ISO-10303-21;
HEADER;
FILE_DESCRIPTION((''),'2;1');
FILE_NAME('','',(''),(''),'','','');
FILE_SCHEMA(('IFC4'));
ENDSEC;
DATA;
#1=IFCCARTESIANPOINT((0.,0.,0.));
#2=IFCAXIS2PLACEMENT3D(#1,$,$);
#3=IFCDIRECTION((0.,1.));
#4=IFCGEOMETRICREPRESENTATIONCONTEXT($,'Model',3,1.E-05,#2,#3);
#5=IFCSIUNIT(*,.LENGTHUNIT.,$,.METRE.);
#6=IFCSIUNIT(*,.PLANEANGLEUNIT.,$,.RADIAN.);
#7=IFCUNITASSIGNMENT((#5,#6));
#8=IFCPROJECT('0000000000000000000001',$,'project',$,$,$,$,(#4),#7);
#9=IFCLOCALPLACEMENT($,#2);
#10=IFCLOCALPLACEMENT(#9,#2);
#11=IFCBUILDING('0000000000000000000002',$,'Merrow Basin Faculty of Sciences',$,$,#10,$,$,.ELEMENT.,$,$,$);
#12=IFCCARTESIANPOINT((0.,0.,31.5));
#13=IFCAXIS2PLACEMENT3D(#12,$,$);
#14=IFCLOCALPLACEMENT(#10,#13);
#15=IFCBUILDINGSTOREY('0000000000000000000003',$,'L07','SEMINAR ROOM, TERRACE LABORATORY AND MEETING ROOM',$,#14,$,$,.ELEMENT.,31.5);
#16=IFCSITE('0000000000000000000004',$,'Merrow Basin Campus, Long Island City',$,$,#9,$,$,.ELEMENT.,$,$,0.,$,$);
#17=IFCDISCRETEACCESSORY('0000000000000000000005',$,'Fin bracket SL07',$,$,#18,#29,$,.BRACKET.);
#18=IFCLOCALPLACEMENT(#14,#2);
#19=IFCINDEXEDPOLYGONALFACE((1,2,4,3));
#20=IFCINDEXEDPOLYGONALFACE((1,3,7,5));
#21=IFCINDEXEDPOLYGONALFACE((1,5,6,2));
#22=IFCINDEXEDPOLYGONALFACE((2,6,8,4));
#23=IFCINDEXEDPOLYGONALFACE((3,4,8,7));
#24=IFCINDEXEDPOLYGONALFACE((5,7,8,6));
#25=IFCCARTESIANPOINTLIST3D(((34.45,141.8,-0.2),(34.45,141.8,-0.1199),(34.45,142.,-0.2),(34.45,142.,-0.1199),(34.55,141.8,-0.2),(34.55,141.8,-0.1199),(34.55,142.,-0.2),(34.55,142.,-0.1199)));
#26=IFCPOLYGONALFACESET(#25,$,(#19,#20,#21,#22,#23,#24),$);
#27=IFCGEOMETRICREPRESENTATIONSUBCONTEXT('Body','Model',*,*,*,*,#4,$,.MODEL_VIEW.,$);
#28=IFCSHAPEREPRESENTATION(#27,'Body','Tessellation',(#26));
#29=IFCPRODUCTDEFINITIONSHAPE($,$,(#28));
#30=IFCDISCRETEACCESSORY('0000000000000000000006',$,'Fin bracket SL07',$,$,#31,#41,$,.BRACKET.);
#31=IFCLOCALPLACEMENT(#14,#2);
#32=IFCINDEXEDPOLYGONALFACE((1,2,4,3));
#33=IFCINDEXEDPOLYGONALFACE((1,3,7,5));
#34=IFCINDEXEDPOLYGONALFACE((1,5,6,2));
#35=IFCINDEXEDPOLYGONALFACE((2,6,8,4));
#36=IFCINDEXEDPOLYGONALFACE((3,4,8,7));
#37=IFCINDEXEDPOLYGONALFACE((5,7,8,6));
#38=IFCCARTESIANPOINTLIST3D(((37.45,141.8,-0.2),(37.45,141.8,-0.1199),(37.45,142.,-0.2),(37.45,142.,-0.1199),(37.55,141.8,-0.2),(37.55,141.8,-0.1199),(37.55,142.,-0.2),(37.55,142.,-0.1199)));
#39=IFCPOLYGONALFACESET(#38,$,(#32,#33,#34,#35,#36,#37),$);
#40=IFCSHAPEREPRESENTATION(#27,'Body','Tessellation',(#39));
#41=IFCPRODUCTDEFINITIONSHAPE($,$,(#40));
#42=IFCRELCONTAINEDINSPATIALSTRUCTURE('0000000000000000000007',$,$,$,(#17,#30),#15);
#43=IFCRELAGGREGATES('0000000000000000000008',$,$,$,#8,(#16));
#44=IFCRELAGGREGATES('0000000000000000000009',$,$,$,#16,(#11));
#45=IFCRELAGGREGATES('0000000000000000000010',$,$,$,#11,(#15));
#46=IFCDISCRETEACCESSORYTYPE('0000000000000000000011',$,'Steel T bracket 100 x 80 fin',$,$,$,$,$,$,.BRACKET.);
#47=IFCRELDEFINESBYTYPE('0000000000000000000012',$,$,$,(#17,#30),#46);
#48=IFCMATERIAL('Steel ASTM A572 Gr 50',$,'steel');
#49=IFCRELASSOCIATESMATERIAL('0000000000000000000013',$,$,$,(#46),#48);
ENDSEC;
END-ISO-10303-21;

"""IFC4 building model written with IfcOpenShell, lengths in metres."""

from ifc_helpers import new_model, si_unit, direction, frame, origin, place, context, subcontext, project, spatial, polyline, outline, extrude, source, transform, mapped, material, type_object, element, save


model = new_model("IFC4")

# Units and contexts
model_context = context("Model", 3, precision=1e-05, world=origin(), true_north=direction((0.0, 1.0)))
body_context = subcontext(model_context, "Body", "Model", "MODEL_VIEW")
ifc_project = project(units=[si_unit("LENGTHUNIT", "METRE"), si_unit("PLANEANGLEUNIT", "RADIAN")], contexts=[model_context])

# Site, building, storey
site_placement = place(None, origin())
site = spatial("IfcSite", under=ifc_project, at=site_placement, Name="Merrow Basin Campus, Long Island City", CompositionType="ELEMENT", RefElevation=0.0)
building_placement = place(site_placement, origin())
building = spatial("IfcBuilding", under=site, at=building_placement, Name="Merrow Basin Faculty of Sciences", CompositionType="ELEMENT")
storey_placement = place(building_placement, frame((0.0, 0.0, 31.5)))
storey = spatial("IfcBuildingStorey", under=building, at=storey_placement, Name="L07", Description="SEMINAR ROOM, TERRACE LABORATORY AND MEETING ROOM", CompositionType="ELEMENT", Elevation=31.5)

# Discrete accessories
ifc_material_1 = material(Name="Steel ASTM A572 Gr 50", Category="steel")
discrete_accessory_type = type_object("IfcDiscreteAccessoryType", Name="Steel T bracket 100 x 80 fin", PredefinedType="BRACKET", material=ifc_material_1)
shared_shape_1 = source(origin(), body_context, "Body", "SweptSolid", [
    extrude(outline(polyline([(0.0, 0.0), (0.1001, 0.0), (0.1001, 0.0801), (0.0, 0.0801), (0.0, 0.0)])), origin(), (0.0, 0.0, 1.0), 0.2),
])
for number, where, z_axis, x_axis, name in (
    (1, (34.45, 142.0, -0.2), (0.0, -1.0, 0.0), (1.0, 0.0, 0.0), "Fin bracket SL07"),
    (2, (37.45, 142.0, -0.2), (0.0, -1.0, 0.0), (1.0, 0.0, 0.0), "Fin bracket SL07"),
):
    element("IfcDiscreteAccessory", number, at=place(storey_placement, frame(where, z_axis=z_axis, x_axis=x_axis)), inside=storey, type_object=discrete_accessory_type, Name=name, PredefinedType="BRACKET", context=body_context, shape_type="MappedRepresentation", body=[
        mapped(shared_shape_1, transform((0.0, 0.0, 0.0), scale=1.0)),
    ])

save(model, "model.ifc")
